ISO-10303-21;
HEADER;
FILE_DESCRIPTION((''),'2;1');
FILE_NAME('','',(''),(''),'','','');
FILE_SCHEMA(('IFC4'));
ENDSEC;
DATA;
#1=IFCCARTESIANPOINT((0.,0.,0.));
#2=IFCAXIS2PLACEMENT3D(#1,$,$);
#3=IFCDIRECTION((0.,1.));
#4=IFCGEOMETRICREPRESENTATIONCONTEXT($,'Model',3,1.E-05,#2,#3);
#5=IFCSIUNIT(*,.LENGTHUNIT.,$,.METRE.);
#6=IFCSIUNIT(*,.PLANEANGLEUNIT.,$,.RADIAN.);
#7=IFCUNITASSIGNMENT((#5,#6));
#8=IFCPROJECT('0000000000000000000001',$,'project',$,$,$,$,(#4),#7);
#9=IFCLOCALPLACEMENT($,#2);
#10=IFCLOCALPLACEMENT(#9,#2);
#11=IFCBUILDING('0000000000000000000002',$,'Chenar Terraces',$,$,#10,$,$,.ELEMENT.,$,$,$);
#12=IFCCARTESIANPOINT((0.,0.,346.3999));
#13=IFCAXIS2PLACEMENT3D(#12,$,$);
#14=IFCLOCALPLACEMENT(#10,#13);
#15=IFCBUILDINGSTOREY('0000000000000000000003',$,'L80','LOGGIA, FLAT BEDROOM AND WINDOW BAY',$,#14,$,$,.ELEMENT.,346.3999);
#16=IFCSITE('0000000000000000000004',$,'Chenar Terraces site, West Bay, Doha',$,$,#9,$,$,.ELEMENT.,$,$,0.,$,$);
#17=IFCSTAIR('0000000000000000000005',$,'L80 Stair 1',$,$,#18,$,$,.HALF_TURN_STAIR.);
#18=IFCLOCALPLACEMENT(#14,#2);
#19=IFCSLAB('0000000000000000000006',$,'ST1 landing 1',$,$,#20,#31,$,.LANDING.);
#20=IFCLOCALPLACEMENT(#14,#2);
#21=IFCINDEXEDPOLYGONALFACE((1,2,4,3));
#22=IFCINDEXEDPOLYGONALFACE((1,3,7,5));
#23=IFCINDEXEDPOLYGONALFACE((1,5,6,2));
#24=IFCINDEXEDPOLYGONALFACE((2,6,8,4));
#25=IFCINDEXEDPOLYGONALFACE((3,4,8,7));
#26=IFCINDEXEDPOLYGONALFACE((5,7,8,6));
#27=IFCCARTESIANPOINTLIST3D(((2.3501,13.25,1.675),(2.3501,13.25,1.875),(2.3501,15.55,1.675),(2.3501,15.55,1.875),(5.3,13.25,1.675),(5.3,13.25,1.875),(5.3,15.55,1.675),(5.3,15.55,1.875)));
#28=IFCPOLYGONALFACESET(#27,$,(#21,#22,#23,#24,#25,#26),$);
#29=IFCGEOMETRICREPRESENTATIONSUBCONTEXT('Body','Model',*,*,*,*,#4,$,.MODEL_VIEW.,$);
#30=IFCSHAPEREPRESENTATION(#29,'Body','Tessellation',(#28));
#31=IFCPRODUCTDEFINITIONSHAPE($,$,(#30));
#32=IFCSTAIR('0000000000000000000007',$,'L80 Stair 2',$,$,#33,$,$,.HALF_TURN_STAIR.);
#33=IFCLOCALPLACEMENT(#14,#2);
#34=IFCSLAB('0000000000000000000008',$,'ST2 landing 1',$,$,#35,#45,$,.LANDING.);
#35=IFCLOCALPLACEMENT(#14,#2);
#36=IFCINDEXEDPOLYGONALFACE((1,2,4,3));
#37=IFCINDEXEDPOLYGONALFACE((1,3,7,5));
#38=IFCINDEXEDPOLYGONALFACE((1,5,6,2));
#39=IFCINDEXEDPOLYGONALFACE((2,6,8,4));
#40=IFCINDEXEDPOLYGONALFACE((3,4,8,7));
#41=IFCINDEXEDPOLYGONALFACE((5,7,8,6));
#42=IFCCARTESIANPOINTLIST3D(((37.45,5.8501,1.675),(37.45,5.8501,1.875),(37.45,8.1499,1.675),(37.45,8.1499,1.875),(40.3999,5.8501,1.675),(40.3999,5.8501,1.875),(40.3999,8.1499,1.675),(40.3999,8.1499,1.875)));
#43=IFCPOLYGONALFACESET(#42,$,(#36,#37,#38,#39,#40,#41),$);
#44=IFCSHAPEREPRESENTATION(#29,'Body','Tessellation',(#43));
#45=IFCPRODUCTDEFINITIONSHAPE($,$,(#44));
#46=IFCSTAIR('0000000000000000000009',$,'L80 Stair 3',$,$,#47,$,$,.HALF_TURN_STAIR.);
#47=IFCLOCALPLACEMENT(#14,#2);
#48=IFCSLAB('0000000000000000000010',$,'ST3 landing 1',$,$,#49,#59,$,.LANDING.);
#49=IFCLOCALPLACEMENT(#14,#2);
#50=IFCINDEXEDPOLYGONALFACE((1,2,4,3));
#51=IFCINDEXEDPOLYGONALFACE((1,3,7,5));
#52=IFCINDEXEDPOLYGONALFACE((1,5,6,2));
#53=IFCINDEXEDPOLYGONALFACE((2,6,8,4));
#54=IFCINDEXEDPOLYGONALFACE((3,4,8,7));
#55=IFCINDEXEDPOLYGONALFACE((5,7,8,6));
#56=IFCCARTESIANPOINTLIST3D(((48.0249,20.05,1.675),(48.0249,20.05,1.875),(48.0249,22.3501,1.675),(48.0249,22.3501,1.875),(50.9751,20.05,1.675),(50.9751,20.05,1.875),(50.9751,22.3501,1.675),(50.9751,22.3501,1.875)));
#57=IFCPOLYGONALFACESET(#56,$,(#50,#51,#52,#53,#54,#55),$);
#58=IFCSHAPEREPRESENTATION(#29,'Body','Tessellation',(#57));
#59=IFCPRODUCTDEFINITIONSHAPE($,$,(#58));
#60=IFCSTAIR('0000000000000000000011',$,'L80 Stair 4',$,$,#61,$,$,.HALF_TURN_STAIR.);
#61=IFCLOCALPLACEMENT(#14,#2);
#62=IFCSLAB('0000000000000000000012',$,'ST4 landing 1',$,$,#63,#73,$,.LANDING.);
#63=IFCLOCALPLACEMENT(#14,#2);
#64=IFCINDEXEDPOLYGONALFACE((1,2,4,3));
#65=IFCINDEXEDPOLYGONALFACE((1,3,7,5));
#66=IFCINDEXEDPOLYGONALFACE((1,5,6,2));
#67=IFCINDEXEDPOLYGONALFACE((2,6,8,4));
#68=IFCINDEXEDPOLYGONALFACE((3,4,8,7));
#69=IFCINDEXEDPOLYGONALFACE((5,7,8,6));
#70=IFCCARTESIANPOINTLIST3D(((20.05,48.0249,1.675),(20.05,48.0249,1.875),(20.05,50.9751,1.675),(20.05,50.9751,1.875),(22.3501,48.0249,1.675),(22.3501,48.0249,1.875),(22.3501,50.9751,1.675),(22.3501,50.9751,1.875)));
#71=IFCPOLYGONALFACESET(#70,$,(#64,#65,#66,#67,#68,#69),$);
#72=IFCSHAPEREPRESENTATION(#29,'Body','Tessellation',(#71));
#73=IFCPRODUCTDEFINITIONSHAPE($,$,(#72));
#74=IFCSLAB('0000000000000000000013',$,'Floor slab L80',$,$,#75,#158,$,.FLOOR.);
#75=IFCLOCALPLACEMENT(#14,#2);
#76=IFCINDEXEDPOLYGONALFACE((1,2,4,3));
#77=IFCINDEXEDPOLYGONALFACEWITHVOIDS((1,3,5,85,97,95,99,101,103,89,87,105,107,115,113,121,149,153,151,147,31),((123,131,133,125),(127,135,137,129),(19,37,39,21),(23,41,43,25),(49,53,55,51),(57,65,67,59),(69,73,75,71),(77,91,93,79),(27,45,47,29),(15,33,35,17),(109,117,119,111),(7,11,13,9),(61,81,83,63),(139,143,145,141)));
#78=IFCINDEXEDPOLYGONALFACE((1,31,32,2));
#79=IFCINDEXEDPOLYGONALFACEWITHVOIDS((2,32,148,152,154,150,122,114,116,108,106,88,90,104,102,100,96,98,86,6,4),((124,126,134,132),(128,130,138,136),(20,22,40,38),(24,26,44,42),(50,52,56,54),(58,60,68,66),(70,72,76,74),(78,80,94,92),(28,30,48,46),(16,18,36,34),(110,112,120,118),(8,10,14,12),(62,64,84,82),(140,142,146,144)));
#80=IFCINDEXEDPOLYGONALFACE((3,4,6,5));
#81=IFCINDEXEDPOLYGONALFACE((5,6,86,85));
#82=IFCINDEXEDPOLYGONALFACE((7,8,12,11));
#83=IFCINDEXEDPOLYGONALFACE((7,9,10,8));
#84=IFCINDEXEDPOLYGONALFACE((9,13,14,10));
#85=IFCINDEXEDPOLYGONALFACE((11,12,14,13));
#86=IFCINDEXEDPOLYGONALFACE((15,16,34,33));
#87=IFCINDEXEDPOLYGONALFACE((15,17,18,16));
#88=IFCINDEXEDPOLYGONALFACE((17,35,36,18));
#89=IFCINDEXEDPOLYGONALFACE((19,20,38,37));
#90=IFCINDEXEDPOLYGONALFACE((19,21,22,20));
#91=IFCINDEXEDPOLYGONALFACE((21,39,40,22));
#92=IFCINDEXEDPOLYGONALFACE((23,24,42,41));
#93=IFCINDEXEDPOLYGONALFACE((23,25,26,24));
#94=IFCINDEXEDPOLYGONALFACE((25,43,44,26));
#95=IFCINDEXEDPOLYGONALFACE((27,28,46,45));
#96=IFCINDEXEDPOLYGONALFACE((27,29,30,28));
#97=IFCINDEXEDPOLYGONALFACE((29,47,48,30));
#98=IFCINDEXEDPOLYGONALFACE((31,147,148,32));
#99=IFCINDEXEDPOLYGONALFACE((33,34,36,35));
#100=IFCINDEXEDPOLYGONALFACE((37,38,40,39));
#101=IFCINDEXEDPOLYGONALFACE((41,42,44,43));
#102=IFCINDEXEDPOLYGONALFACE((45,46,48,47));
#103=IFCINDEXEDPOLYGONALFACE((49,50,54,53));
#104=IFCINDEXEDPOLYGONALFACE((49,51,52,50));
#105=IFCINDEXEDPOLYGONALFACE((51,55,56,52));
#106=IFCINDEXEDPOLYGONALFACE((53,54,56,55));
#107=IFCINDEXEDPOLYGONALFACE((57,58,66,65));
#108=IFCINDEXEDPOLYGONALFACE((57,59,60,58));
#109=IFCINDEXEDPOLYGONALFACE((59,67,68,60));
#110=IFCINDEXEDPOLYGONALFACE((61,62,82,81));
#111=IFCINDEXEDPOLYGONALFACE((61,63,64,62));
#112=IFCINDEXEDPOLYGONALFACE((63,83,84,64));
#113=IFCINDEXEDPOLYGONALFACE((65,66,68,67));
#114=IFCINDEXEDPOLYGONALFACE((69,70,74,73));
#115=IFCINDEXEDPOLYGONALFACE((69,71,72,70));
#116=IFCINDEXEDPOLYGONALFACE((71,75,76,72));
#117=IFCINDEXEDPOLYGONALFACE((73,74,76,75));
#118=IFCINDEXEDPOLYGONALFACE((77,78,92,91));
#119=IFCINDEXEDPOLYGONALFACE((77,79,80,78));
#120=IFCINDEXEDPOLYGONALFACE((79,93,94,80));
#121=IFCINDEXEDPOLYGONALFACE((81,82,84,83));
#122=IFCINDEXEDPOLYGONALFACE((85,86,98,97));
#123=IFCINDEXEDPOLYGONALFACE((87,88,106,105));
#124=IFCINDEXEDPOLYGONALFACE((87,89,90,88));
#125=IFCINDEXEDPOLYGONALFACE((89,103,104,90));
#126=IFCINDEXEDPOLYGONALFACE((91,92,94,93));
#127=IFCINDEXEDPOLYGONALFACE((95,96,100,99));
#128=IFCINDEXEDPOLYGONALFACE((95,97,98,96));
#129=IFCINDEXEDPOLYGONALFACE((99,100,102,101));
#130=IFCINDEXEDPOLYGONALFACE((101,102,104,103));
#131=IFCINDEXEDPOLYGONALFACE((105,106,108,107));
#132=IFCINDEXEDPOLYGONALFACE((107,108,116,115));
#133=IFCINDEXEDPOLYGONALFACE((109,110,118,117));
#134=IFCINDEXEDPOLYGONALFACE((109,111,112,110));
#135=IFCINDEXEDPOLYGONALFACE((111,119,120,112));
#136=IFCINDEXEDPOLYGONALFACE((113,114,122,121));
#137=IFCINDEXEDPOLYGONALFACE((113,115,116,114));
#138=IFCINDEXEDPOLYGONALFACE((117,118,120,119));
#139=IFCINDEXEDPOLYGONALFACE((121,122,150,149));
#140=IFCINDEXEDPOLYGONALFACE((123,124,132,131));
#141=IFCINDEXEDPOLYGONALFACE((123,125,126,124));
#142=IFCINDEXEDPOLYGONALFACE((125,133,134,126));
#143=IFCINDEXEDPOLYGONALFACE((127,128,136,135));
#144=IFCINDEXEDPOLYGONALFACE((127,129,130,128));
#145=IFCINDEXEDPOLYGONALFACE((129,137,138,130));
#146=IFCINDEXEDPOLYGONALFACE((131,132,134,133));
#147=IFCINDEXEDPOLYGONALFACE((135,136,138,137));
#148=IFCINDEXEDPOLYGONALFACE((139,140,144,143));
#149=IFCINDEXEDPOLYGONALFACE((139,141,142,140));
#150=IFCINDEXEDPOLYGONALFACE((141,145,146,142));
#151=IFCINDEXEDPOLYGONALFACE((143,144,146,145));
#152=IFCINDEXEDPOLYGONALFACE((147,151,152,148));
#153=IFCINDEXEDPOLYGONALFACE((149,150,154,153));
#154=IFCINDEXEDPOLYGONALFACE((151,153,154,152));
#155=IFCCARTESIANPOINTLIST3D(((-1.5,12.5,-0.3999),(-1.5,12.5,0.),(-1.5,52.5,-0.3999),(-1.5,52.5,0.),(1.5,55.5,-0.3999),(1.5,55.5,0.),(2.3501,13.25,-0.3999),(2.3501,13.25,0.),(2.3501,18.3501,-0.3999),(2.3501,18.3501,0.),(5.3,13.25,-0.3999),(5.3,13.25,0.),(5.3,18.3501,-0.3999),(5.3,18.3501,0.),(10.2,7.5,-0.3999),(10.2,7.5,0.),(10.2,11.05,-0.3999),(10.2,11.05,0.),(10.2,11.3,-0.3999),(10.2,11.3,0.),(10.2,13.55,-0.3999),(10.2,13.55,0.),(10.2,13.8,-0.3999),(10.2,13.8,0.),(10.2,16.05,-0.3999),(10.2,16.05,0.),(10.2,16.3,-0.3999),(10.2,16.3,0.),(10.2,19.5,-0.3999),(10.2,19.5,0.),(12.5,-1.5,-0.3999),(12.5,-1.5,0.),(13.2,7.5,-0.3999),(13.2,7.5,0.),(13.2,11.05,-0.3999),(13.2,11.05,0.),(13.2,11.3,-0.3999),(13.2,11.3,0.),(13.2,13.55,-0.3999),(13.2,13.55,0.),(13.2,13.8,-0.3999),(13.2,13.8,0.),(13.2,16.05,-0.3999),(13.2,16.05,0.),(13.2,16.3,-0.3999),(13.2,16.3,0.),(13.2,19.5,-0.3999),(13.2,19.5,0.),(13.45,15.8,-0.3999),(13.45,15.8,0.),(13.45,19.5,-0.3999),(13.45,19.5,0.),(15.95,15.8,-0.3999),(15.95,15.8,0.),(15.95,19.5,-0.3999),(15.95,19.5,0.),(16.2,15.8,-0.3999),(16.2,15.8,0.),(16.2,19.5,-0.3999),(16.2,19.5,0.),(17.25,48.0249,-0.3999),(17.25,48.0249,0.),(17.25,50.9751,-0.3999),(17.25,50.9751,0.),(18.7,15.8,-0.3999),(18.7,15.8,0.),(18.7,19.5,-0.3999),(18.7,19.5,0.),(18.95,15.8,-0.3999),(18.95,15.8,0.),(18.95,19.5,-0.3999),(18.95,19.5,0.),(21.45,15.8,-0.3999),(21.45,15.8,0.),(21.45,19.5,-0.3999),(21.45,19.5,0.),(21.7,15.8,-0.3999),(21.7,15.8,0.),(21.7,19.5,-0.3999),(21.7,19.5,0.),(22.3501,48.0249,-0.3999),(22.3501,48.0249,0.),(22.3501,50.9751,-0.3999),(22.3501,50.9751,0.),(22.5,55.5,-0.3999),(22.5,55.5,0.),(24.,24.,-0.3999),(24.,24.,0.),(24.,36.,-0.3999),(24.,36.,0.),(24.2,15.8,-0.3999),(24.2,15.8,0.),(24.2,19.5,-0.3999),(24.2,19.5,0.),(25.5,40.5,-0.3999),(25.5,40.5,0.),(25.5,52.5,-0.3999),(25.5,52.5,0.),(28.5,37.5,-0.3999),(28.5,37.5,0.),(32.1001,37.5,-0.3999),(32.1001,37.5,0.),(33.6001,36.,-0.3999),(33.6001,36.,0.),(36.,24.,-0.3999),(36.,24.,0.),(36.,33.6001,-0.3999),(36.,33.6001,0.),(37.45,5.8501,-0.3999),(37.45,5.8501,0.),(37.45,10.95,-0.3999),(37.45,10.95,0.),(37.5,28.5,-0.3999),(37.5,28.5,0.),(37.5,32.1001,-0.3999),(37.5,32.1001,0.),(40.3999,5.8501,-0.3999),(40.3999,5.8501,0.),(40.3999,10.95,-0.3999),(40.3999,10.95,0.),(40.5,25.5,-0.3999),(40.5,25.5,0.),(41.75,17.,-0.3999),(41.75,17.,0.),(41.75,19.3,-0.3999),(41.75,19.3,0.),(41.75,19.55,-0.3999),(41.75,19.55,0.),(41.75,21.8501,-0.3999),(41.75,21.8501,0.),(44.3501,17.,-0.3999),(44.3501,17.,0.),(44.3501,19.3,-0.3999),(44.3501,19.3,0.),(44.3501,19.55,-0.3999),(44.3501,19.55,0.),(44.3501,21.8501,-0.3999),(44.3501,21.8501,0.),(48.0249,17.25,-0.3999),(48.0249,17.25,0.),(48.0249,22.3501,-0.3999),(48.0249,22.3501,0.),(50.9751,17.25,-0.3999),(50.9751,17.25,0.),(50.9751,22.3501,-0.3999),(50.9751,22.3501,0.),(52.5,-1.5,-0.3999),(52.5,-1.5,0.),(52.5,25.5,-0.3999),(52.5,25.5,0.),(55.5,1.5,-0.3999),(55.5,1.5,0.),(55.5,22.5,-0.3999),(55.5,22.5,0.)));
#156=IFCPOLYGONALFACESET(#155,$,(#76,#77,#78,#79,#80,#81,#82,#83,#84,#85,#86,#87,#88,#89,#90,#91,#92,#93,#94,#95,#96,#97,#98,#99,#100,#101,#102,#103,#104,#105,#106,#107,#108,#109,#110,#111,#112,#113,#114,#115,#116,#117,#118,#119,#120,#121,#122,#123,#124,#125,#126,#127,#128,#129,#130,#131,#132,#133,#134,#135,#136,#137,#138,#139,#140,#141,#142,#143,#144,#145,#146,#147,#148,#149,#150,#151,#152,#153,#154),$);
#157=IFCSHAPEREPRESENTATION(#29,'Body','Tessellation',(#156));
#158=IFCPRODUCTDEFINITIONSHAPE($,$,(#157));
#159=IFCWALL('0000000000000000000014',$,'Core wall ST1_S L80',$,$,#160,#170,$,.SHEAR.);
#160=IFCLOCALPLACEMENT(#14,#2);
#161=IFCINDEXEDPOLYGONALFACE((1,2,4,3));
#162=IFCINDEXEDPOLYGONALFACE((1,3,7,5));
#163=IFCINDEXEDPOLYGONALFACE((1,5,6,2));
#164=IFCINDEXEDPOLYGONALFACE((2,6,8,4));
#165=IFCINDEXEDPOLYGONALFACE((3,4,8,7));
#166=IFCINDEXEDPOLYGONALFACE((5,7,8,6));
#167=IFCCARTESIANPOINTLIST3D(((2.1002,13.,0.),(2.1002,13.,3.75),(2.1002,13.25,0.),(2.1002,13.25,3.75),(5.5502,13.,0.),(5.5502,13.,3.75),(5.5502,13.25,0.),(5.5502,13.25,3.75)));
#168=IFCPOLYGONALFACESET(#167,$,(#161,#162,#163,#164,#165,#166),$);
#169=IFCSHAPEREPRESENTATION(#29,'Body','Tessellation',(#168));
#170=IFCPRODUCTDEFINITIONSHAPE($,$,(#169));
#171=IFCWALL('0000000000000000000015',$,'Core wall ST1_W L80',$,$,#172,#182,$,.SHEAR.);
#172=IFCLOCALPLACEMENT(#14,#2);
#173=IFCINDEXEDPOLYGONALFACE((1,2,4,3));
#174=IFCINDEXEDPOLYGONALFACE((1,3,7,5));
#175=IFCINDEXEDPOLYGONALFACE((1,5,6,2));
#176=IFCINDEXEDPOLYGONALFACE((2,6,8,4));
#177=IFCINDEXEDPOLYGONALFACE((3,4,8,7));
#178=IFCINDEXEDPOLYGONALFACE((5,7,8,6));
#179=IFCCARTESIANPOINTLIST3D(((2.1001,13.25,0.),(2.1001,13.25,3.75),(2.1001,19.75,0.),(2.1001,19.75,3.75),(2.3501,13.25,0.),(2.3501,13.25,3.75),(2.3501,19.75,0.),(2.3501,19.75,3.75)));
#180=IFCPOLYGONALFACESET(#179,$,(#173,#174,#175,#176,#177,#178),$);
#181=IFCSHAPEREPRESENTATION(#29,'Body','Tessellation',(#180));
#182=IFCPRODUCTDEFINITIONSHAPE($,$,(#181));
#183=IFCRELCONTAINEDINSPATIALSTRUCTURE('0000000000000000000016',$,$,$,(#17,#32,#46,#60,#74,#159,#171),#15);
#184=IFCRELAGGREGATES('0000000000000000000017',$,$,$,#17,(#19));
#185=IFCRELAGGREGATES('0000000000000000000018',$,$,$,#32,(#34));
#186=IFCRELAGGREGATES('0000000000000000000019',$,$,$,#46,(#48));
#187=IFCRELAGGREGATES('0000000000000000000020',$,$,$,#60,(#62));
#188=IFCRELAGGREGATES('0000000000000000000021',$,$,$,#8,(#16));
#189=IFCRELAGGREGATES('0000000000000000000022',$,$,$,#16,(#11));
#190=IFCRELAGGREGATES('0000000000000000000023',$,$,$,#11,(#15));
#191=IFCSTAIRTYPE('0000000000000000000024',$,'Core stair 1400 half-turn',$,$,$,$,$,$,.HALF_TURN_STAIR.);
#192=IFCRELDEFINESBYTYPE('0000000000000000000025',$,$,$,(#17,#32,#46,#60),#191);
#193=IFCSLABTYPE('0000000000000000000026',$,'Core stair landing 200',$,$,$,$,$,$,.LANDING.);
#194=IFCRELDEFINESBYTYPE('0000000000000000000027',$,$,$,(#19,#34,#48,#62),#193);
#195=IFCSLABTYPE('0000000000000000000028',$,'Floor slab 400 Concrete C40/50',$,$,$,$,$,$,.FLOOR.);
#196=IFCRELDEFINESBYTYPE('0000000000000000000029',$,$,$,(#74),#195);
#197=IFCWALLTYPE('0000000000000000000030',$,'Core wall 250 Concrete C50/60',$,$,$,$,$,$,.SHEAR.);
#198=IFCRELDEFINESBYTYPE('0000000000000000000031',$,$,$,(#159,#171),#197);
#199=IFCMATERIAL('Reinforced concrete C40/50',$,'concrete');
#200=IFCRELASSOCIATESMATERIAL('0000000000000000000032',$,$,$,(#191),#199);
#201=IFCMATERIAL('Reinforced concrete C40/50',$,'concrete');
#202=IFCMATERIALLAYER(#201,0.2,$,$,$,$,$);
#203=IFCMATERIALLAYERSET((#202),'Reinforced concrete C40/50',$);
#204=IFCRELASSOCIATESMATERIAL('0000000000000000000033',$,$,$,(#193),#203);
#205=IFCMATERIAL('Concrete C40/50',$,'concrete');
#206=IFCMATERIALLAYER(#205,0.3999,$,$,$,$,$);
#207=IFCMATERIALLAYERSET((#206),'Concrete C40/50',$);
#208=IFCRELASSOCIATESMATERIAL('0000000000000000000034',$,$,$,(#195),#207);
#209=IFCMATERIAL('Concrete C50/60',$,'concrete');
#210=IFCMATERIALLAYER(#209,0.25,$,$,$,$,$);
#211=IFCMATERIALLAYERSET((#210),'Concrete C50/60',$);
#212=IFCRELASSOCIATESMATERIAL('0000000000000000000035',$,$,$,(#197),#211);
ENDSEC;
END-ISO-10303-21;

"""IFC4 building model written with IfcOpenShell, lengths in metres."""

from ifc_helpers import new_model, si_unit, direction, frame, frame_2d, origin, place, context, subcontext, project, spatial, polyline, rectangle, outline, extrude, material, layer, layer_set, type_object, element, aggregate, save


model = new_model("IFC4")

# Units and contexts
model_context = context("Model", 3, precision=1e-05, world=origin(), true_north=direction((0.0, 1.0)))
body_context = subcontext(model_context, "Body", "Model", "MODEL_VIEW")
ifc_project = project(units=[si_unit("LENGTHUNIT", "METRE"), si_unit("PLANEANGLEUNIT", "RADIAN")], contexts=[model_context])

# Site, building, storey
site_placement = place(None, origin())
site = spatial("IfcSite", under=ifc_project, at=site_placement, Name="Chenar Terraces site, West Bay, Doha", CompositionType="ELEMENT", RefElevation=0.0)
building_placement = place(site_placement, origin())
building = spatial("IfcBuilding", under=site, at=building_placement, Name="Chenar Terraces", CompositionType="ELEMENT")
storey_placement = place(building_placement, frame((0.0, 0.0, 346.3999)))
storey = spatial("IfcBuildingStorey", under=building, at=storey_placement, Name="L80", Description="LOGGIA, FLAT BEDROOM AND WINDOW BAY", CompositionType="ELEMENT", Elevation=346.3999)

# Stairs, slabs
ifc_material_1 = material(Name="Reinforced concrete C40/50", Category="concrete")
stair_type = type_object("IfcStairType", Name="Core stair 1400 half-turn", PredefinedType="HALF_TURN_STAIR", material=ifc_material_1)
placement_1 = place(storey_placement, origin())
stair_1 = element("IfcStair", 1, at=placement_1, inside=storey, type_object=stair_type, Name="L80 Stair 1", PredefinedType="HALF_TURN_STAIR")
ifc_material_2 = material(Name="Reinforced concrete C40/50", Category="concrete")
ifc_layer_1 = layer(ifc_material_2, 0.2)
ifc_layer_set_1 = layer_set([ifc_layer_1], Name="Reinforced concrete C40/50")
slab_type_1 = type_object("IfcSlabType", Name="Core stair landing 200", PredefinedType="LANDING", material=ifc_layer_set_1)
placement_2 = place(storey_placement, frame((0.0, 0.0, 1.675)))
slab_1 = element("IfcSlab", 2, at=placement_2, type_object=slab_type_1, Name="ST1 landing 1", PredefinedType="LANDING", context=body_context, shape_type="SweptSolid", body=[
    extrude(outline(polyline([(2.3501, 15.55), (2.3501, 13.25), (5.3, 13.25), (5.3, 15.55), (2.3501, 15.55)])), origin(), (0.0, 0.0, 1.0), 0.2),
])
aggregate(stair_1, [slab_1])
stair_2 = element("IfcStair", 3, at=placement_1, inside=storey, type_object=stair_type, Name="L80 Stair 2", PredefinedType="HALF_TURN_STAIR")
slab_2 = element("IfcSlab", 4, at=placement_2, type_object=slab_type_1, Name="ST2 landing 1", PredefinedType="LANDING", context=body_context, shape_type="SweptSolid", body=[
    extrude(outline(polyline([(37.45, 8.1499), (37.45, 5.8501), (40.3999, 5.8501), (40.3999, 8.1499), (37.45, 8.1499)])), origin(), (0.0, 0.0, 1.0), 0.2),
])
aggregate(stair_2, [slab_2])
stair_3 = element("IfcStair", 5, at=placement_1, inside=storey, type_object=stair_type, Name="L80 Stair 3", PredefinedType="HALF_TURN_STAIR")
slab_3 = element("IfcSlab", 6, at=placement_2, type_object=slab_type_1, Name="ST3 landing 1", PredefinedType="LANDING", context=body_context, shape_type="SweptSolid", body=[
    extrude(outline(polyline([(50.9751, 20.05), (50.9751, 22.3501), (48.0249, 22.3501), (48.0249, 20.05), (50.9751, 20.05)])), origin(), (0.0, 0.0, 1.0), 0.2),
])
aggregate(stair_3, [slab_3])
stair_4 = element("IfcStair", 7, at=placement_1, inside=storey, type_object=stair_type, Name="L80 Stair 4", PredefinedType="HALF_TURN_STAIR")
slab_4 = element("IfcSlab", 8, at=placement_2, type_object=slab_type_1, Name="ST4 landing 1", PredefinedType="LANDING", context=body_context, shape_type="SweptSolid", body=[
    extrude(outline(polyline([(20.05, 48.0249), (22.3501, 48.0249), (22.3501, 50.9751), (20.05, 50.9751), (20.05, 48.0249)])), origin(), (0.0, 0.0, 1.0), 0.2),
])
aggregate(stair_4, [slab_4])

# Slab
ifc_material_3 = material(Name="Concrete C40/50", Category="concrete")
ifc_layer_2 = layer(ifc_material_3, 0.3999)
ifc_layer_set_2 = layer_set([ifc_layer_2], Name="Concrete C40/50")
slab_type_2 = type_object("IfcSlabType", Name="Floor slab 400 Concrete C40/50", PredefinedType="FLOOR", material=ifc_layer_set_2)
slab_5_placement = place(storey_placement, frame((0.0, 0.0, -0.3999)))
element("IfcSlab", 9, at=slab_5_placement, inside=storey, type_object=slab_type_2, Name="Floor slab L80", PredefinedType="FLOOR", context=body_context, shape_type="SweptSolid", body=[
    extrude(outline(polyline([(55.5, 22.5), (55.5, 1.5), (52.5, -1.5), (12.5, -1.5), (-1.5, 12.5), (-1.5, 52.5), (1.5, 55.5), (22.5, 55.5), (25.5, 52.5), (25.5, 40.5), (28.5, 37.5), (32.1001, 37.5), (33.6001, 36.0), (24.0, 36.0), (24.0, 24.0), (36.0, 24.0), (36.0, 33.6001), (37.5, 32.1001), (37.5, 28.5), (40.5, 25.5), (52.5, 25.5), (55.5, 22.5)]), holes=[polyline([(10.2, 11.05), (10.2, 7.5), (13.2, 7.5), (13.2, 11.05), (10.2, 11.05)]), polyline([(13.2, 13.55), (10.2, 13.55), (10.2, 11.3), (13.2, 11.3), (13.2, 13.55)]), polyline([(13.2, 16.05), (10.2, 16.05), (10.2, 13.8), (13.2, 13.8), (13.2, 16.05)]), polyline([(2.3501, 13.25), (5.3, 13.25), (5.3, 18.3501), (2.3501, 18.3501), (2.3501, 13.25)]), polyline([(15.95, 19.5), (13.45, 19.5), (13.45, 15.8), (15.95, 15.8), (15.95, 19.5)]), polyline([(18.7, 19.5), (16.2, 19.5), (16.2, 15.8), (18.7, 15.8), (18.7, 19.5)]), polyline([(13.2, 19.5), (10.2, 19.5), (10.2, 16.3), (13.2, 16.3), (13.2, 19.5)]), polyline([(22.3501, 48.0249), (22.3501, 50.9751), (17.25, 50.9751), (17.25, 48.0249), (22.3501, 48.0249)]), polyline([(37.45, 5.8501), (40.3999, 5.8501), (40.3999, 10.95), (37.45, 10.95), (37.45, 5.8501)]), polyline([(21.45, 19.5), (18.95, 19.5), (18.95, 15.8), (21.45, 15.8), (21.45, 19.5)]), polyline([(24.2, 19.5), (21.7, 19.5), (21.7, 15.8), (24.2, 15.8), (24.2, 19.5)]), polyline([(44.3501, 19.3), (41.75, 19.3), (41.75, 17.0), (44.3501, 17.0), (44.3501, 19.3)]), polyline([(50.9751, 22.3501), (48.0249, 22.3501), (48.0249, 17.25), (50.9751, 17.25), (50.9751, 22.3501)]), polyline([(44.3501, 21.8501), (41.75, 21.8501), (41.75, 19.55), (44.3501, 19.55), (44.3501, 21.8501)])]), origin(), (0.0, 0.0, 1.0), 0.3999),
])

# Walls
ifc_material_4 = material(Name="Concrete C50/60", Category="concrete")
ifc_layer_3 = layer(ifc_material_4, 0.25)
ifc_layer_set_3 = layer_set([ifc_layer_3], Name="Concrete C50/60")
wall_type_1 = type_object("IfcWallType", Name="Core wall 250 Concrete C50/60", PredefinedType="SHEAR", material=ifc_layer_set_3)
wall_1_placement = place(storey_placement, frame((2.1001, 13.125, 0.0), z_axis=(0.0, 0.0, 1.0), x_axis=(1.0, 0.0, 0.0)))
element("IfcWall", 10, at=wall_1_placement, inside=storey, type_object=wall_type_1, Name="Core wall ST1_S L80", PredefinedType="SHEAR", context=body_context, shape_type="SweptSolid", body=[
    extrude(rectangle(XDim=3.45, YDim=0.25, at=frame_2d((1.7251, 0.0))), origin(), (0.0, 0.0, 1.0), 3.75),
])
wall_2_placement = place(storey_placement, frame((2.2251, 13.25, 0.0), z_axis=(0.0, 0.0, 1.0), x_axis=(0.0, 1.0, 0.0)))
element("IfcWall", 11, at=wall_2_placement, inside=storey, type_object=wall_type_1, Name="Core wall ST1_W L80", PredefinedType="SHEAR", context=body_context, shape_type="SweptSolid", body=[
    extrude(rectangle(XDim=6.5, YDim=0.25, at=frame_2d((3.25, 0.0))), origin(), (0.0, 0.0, 1.0), 3.75),
])

save(model, "model.ifc")
